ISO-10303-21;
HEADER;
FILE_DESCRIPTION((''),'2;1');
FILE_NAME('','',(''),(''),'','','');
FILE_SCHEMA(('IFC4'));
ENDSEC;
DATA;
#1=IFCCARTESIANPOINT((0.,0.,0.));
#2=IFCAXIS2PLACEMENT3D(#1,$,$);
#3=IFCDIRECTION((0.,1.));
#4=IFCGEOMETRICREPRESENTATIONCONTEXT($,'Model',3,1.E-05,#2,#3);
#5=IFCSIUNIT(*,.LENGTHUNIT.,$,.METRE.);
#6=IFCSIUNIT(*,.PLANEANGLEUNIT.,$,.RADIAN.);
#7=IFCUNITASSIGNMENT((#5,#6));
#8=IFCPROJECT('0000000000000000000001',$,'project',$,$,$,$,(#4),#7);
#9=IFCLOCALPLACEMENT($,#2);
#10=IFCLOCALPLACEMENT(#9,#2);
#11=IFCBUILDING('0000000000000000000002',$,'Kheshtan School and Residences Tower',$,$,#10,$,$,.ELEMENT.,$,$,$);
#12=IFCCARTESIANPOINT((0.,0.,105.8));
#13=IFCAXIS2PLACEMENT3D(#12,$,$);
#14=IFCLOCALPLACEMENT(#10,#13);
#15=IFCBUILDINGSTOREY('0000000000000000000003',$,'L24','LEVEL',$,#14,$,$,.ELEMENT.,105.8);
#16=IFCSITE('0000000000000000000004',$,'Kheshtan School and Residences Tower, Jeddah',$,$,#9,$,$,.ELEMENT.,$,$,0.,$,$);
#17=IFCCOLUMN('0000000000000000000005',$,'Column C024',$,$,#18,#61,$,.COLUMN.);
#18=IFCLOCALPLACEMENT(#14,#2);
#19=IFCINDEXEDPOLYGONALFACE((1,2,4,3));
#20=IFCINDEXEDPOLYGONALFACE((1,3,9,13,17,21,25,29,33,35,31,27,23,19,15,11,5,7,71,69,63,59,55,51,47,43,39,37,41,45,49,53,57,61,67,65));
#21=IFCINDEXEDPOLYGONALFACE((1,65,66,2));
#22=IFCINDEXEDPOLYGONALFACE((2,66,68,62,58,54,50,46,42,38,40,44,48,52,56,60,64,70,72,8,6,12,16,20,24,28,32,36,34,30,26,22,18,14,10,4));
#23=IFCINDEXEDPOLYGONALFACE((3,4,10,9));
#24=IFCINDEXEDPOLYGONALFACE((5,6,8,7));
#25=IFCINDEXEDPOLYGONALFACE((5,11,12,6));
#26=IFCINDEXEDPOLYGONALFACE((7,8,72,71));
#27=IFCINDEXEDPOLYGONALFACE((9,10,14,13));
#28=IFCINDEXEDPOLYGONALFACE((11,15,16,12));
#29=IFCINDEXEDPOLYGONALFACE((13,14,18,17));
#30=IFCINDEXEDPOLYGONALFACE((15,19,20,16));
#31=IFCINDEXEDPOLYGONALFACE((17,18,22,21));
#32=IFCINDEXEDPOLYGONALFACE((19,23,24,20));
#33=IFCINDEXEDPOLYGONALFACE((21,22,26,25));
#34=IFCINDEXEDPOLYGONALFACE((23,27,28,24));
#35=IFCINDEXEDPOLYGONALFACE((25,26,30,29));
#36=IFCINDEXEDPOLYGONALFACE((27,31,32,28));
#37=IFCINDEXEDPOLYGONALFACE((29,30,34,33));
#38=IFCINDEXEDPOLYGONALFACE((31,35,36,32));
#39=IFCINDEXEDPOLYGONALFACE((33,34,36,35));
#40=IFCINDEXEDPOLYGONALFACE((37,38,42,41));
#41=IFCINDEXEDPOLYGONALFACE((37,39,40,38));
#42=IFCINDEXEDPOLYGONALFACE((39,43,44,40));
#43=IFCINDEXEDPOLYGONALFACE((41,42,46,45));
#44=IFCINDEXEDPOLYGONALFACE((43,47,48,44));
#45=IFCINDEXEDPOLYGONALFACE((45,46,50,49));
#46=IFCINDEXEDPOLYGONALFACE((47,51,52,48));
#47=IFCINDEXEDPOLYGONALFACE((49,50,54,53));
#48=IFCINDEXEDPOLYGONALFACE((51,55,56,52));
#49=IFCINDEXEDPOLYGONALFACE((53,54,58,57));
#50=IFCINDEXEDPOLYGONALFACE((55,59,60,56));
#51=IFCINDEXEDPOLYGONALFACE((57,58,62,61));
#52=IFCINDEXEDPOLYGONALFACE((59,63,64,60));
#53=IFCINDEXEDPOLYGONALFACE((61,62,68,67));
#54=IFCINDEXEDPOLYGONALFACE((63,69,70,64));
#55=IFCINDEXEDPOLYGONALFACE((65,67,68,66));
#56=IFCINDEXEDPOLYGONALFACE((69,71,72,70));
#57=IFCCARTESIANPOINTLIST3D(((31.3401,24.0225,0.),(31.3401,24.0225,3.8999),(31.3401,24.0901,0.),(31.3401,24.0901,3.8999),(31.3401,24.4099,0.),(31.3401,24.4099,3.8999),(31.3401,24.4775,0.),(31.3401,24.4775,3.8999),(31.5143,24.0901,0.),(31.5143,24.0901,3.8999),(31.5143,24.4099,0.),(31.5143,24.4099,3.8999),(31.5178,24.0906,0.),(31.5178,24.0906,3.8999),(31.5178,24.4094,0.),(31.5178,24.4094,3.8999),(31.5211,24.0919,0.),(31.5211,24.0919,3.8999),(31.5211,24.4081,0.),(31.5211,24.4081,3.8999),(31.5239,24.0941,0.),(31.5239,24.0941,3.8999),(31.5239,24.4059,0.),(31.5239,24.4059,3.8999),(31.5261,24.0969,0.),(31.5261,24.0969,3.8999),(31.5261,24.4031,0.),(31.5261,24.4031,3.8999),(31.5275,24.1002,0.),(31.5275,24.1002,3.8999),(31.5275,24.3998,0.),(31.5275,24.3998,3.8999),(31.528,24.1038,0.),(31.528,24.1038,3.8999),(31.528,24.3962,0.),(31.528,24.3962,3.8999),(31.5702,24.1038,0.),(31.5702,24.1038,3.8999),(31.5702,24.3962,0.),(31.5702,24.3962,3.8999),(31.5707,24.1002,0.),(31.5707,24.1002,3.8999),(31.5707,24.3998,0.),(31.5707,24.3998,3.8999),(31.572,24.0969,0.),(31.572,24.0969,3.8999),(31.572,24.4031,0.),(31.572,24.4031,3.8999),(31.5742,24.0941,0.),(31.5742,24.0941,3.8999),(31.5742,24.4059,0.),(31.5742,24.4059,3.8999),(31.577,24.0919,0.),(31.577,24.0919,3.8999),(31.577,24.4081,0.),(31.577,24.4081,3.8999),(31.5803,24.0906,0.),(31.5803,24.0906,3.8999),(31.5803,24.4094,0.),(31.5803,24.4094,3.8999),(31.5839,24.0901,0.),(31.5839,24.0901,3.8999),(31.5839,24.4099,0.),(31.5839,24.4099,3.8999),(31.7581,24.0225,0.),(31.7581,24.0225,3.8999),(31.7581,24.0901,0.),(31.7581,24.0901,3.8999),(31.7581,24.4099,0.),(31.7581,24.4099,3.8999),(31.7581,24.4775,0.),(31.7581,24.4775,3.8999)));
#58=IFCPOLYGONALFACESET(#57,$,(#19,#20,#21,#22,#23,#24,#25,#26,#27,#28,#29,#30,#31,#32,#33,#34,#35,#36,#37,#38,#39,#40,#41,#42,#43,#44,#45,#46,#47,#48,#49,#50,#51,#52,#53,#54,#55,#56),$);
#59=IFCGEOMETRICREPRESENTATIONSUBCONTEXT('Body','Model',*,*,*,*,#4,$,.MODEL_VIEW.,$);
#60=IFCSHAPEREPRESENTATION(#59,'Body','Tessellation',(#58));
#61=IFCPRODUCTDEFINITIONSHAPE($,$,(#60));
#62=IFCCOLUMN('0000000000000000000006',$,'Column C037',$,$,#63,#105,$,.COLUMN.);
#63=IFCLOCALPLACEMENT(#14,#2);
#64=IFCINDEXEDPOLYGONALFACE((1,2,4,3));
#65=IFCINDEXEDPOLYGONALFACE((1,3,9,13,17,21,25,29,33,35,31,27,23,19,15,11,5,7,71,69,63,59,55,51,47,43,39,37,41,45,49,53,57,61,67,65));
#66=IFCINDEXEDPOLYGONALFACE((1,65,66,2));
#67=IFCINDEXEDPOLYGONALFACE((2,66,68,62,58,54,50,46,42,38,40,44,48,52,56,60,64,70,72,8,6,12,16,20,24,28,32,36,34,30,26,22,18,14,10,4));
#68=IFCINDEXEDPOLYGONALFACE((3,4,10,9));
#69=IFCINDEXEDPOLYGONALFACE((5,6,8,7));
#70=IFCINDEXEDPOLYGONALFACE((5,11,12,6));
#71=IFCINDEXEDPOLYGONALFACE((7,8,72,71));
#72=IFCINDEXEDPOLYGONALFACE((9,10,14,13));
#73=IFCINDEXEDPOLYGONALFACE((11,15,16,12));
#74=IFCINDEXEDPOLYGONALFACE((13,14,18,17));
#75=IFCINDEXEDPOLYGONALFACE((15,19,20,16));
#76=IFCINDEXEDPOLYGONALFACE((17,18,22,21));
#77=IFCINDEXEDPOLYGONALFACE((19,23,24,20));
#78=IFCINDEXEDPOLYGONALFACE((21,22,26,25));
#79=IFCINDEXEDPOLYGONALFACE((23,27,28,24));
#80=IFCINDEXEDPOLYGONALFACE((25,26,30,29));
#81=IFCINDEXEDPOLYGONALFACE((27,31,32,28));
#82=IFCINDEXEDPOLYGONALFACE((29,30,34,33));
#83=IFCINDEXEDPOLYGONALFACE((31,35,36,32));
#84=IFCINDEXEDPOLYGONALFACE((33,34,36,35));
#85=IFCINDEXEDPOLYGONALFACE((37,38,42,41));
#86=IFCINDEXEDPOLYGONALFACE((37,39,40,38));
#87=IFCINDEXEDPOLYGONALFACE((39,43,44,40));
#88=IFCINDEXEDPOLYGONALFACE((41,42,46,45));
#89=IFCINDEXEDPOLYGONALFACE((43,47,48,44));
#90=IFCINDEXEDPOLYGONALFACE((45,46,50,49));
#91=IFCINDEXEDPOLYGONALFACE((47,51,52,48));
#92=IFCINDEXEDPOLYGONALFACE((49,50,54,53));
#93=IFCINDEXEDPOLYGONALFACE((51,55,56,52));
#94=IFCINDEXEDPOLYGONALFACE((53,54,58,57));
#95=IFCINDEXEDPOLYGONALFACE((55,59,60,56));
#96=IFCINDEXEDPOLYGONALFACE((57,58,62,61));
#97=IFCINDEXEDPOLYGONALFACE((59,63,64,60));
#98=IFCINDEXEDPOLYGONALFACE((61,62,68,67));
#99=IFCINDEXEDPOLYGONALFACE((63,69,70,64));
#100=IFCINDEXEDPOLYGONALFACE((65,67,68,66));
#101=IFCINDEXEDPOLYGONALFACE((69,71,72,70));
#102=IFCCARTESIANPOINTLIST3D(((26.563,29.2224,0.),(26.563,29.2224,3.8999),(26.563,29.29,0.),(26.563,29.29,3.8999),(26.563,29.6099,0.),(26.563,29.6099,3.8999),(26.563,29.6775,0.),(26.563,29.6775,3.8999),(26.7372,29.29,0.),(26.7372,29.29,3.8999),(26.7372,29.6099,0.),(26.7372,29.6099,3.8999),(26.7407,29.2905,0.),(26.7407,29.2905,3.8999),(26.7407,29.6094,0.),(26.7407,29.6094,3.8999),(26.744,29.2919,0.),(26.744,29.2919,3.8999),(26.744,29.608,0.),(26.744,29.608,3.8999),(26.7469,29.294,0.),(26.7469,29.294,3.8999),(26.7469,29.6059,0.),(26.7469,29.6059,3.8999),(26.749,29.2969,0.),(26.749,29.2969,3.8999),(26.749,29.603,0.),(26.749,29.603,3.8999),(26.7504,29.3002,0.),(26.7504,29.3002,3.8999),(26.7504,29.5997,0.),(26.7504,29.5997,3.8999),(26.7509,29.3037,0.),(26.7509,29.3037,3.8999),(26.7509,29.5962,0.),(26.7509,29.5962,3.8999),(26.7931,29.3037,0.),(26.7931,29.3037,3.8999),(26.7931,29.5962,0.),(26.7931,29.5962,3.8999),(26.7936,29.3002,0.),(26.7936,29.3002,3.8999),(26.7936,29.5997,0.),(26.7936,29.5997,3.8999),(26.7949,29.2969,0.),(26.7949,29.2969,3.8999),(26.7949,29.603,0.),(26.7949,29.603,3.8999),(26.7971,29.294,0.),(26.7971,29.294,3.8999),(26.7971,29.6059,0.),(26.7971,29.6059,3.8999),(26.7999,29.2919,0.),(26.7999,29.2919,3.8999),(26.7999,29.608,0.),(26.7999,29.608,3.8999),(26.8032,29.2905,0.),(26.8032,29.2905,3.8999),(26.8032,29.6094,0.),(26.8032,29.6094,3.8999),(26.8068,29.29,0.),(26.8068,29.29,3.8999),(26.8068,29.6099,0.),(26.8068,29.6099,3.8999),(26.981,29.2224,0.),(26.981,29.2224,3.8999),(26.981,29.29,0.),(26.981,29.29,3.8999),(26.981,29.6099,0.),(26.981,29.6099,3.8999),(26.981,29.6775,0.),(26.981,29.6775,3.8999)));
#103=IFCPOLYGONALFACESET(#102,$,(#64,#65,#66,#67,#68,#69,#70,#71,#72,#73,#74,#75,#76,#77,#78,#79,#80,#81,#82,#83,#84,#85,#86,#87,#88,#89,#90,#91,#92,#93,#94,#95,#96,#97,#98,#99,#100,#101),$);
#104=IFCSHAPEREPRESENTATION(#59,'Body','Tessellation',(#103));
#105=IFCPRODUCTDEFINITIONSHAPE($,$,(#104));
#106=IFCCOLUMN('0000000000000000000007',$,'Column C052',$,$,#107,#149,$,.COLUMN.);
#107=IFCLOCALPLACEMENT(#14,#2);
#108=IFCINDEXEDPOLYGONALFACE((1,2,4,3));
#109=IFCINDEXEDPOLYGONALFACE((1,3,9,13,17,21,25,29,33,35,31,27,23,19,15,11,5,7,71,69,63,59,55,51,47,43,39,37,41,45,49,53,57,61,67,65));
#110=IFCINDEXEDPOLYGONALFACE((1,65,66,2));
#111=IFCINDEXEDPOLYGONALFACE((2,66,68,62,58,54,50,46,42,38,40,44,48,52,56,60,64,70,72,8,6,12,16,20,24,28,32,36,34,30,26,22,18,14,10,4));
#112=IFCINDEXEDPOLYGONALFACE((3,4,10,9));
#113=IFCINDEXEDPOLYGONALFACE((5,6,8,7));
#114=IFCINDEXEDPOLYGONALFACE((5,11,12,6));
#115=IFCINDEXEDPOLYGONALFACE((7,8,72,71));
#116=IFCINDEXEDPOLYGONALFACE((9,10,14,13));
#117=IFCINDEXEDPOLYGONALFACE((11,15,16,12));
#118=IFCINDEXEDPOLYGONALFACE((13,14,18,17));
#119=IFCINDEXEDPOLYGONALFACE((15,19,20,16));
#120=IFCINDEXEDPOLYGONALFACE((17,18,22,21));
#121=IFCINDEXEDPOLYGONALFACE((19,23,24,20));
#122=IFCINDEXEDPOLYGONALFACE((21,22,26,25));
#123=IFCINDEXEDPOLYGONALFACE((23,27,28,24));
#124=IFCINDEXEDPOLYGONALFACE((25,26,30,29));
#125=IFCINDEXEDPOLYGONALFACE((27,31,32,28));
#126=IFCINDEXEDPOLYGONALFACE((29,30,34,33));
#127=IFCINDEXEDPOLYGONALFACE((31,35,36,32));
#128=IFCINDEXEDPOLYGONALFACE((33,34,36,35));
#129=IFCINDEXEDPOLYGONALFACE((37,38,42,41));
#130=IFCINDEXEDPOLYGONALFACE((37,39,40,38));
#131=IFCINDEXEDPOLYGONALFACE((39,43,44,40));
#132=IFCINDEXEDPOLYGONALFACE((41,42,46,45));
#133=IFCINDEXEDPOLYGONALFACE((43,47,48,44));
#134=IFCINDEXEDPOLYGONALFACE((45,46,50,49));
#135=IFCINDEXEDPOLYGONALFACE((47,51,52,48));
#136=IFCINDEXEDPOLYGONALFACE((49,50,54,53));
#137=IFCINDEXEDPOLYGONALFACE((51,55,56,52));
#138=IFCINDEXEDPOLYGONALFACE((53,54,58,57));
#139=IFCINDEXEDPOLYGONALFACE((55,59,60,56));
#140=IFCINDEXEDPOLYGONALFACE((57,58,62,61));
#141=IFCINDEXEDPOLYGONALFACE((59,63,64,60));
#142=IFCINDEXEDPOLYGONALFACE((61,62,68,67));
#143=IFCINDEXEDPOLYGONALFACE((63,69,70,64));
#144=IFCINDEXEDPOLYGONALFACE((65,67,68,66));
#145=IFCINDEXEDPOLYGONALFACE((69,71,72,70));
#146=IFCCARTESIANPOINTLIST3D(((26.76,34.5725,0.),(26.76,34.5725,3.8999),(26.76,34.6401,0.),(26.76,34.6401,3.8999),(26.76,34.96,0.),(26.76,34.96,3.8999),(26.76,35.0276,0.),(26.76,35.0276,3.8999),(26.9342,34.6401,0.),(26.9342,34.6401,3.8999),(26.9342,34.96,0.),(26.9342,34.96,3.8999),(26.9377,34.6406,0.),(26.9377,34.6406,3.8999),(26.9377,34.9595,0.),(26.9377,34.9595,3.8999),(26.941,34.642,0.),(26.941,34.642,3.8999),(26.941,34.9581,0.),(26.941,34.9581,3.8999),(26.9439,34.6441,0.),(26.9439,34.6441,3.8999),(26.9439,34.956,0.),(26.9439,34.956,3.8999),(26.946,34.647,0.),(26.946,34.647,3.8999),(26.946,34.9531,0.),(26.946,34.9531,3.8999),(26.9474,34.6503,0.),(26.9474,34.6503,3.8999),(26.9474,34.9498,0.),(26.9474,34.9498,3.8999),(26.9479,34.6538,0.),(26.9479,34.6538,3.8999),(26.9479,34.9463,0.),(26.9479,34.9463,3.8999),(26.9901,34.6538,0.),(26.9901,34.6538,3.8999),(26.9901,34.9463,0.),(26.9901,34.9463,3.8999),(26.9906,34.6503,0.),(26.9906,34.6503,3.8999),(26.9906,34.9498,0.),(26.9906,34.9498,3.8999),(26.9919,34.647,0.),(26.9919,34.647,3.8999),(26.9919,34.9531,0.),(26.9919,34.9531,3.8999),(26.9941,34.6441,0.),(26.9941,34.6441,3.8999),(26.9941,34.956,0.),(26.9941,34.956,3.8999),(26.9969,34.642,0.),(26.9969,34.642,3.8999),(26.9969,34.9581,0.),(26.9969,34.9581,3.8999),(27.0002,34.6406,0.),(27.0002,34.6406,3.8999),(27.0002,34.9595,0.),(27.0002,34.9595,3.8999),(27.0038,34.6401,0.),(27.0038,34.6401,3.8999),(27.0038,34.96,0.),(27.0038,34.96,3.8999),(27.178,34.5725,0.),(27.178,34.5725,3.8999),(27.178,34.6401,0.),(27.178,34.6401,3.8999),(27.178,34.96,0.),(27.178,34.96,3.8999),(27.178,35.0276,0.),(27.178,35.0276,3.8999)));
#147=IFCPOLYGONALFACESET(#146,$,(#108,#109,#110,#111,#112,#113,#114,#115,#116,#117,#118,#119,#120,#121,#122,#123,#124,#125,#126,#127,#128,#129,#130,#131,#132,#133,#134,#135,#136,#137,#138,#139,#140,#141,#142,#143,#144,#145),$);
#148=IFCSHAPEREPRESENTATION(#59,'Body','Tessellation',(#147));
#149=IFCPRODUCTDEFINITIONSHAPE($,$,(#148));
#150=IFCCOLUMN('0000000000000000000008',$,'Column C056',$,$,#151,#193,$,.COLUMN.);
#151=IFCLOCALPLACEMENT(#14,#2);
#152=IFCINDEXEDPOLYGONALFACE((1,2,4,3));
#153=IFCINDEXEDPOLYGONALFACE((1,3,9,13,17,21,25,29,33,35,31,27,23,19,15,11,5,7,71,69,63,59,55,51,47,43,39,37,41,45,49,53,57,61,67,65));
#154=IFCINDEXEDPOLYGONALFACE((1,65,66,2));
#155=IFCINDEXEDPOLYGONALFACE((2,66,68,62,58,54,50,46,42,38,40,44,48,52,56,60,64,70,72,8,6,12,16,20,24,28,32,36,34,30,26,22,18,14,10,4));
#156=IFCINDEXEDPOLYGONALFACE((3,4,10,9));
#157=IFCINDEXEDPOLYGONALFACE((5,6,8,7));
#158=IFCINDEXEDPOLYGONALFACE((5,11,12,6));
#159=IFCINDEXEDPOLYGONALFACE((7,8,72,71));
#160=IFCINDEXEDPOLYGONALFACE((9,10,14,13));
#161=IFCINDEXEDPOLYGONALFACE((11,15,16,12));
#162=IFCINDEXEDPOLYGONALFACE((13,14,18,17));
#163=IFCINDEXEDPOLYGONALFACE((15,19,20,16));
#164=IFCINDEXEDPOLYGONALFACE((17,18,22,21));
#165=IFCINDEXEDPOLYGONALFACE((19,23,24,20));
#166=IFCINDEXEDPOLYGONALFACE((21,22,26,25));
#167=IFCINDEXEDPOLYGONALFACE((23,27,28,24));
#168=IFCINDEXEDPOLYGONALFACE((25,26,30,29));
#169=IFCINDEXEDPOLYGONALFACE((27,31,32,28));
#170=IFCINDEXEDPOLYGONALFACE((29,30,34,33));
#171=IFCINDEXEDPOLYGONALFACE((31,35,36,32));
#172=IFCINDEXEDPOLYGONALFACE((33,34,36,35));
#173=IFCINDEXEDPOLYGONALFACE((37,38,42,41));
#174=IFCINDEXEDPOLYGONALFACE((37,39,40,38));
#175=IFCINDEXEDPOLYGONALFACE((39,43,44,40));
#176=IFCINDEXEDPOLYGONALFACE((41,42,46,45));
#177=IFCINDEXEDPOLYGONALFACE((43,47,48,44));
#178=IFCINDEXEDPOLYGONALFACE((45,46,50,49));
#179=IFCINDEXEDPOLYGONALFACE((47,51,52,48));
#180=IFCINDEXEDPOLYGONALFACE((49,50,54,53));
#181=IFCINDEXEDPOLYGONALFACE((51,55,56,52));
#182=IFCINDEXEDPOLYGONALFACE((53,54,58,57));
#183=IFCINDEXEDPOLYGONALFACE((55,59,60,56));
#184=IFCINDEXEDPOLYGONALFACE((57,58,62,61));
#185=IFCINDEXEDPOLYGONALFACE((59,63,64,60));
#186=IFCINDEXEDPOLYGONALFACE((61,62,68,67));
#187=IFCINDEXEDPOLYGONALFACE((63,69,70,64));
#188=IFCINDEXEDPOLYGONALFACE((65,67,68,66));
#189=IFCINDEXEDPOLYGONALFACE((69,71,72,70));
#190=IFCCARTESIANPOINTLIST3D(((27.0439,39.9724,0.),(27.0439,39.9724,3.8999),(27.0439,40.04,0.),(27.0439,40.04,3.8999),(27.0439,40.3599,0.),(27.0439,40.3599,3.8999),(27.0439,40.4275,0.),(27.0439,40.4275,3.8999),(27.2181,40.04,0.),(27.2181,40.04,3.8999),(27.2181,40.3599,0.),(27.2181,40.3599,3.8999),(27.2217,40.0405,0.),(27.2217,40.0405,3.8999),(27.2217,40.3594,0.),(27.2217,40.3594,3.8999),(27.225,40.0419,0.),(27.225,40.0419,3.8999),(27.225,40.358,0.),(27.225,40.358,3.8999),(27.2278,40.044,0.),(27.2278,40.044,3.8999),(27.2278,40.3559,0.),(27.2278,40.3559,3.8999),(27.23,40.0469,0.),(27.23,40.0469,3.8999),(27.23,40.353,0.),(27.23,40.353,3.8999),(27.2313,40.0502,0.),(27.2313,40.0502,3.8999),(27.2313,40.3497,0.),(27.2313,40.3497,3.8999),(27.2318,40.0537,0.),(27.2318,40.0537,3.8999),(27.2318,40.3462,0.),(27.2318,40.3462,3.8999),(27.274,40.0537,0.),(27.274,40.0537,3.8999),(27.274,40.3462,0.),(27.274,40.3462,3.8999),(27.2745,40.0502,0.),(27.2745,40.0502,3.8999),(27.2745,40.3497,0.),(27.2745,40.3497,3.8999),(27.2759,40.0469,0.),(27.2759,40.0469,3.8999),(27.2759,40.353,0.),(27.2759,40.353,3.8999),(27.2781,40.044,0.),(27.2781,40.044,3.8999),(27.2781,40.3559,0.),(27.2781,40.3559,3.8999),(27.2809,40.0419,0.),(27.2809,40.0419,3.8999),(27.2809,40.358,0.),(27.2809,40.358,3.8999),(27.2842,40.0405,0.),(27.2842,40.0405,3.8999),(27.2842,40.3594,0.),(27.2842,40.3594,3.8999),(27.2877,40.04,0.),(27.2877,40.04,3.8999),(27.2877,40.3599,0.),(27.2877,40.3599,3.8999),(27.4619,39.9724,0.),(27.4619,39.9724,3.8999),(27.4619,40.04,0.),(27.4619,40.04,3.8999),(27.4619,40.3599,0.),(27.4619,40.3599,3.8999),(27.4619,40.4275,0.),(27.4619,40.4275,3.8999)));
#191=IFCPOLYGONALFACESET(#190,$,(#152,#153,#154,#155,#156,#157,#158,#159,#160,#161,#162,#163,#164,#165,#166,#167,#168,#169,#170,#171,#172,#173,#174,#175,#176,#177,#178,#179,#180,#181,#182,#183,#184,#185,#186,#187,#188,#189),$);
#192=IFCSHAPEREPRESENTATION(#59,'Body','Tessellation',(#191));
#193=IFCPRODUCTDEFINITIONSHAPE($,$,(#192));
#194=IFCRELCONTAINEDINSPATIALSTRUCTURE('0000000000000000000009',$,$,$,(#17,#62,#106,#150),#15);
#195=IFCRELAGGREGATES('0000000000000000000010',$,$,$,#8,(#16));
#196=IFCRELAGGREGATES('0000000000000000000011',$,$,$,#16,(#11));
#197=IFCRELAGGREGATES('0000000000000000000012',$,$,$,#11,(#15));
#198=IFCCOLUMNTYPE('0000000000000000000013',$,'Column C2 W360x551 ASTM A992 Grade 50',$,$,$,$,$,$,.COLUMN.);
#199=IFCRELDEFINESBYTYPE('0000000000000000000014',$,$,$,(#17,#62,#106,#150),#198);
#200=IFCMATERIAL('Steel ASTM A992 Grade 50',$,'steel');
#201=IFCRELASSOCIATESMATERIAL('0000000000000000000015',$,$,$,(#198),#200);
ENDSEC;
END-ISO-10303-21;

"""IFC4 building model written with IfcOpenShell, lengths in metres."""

from ifc_helpers import new_model, si_unit, direction, frame, origin, origin_2d, place, context, subcontext, project, spatial, i_section, extrude, material, material_profile, profile_set, type_object, element, save


model = new_model("IFC4")

# Units and contexts
model_context = context("Model", 3, precision=1e-05, world=origin(), true_north=direction((0.0, 1.0)))
body_context = subcontext(model_context, "Body", "Model", "MODEL_VIEW")
ifc_project = project(units=[si_unit("LENGTHUNIT", "METRE"), si_unit("PLANEANGLEUNIT", "RADIAN")], contexts=[model_context])

# Site, building, storey
site_placement = place(None, origin())
site = spatial("IfcSite", under=ifc_project, at=site_placement, Name="Kheshtan School and Residences Tower, Jeddah", CompositionType="ELEMENT", RefElevation=0.0)
building_placement = place(site_placement, origin())
building = spatial("IfcBuilding", under=site, at=building_placement, Name="Kheshtan School and Residences Tower", CompositionType="ELEMENT")
storey_placement = place(building_placement, frame((0.0, 0.0, 105.8)))
storey = spatial("IfcBuildingStorey", under=building, at=storey_placement, Name="L24", Description="LEVEL", CompositionType="ELEMENT", Elevation=105.8)

# Columns
ifc_material_1 = material(Name="Steel ASTM A992 Grade 50", Category="steel")
ifc_material_profile_1 = material_profile(ifc_material_1, i_section(OverallWidth=0.418, OverallDepth=0.4551, WebThickness=0.0422, FlangeThickness=0.0676, FilletRadius=0.0137, at=origin_2d()), Name="W360x551")
ifc_profile_set_1 = profile_set([ifc_material_profile_1], Name="Steel ASTM A992 Grade 50")
column_type = type_object("IfcColumnType", Name="Column C2 W360x551 ASTM A992 Grade 50", PredefinedType="COLUMN", material=ifc_profile_set_1)
for number, where, z_axis, x_axis, name in (
    (1, (31.5491, 24.25, 0.0), (0.0, 0.0, 1.0), (1.0, 0.0, 0.0), "Column C024"),
    (2, (26.772, 29.45, 0.0), (0.0, 0.0, 1.0), (1.0, 0.0, 0.0), "Column C037"),
    (3, (26.969, 34.8, 0.0), (0.0, 0.0, 1.0), (1.0, 0.0, 0.0), "Column C052"),
    (4, (27.2529, 40.2, 0.0), (0.0, 0.0, 1.0), (1.0, 0.0, 0.0), "Column C056"),
):
    element("IfcColumn", number, at=place(storey_placement, frame(where, z_axis=z_axis, x_axis=x_axis)), inside=storey, type_object=column_type, Name=name, PredefinedType="COLUMN", context=body_context, shape_type="SweptSolid", body=[
        extrude(i_section(OverallWidth=0.418, OverallDepth=0.4551, WebThickness=0.0422, FlangeThickness=0.0676, FilletRadius=0.0137, at=origin_2d()), origin(), (0.0, 0.0, 1.0), 3.8999),
    ])

save(model, "model.ifc")
